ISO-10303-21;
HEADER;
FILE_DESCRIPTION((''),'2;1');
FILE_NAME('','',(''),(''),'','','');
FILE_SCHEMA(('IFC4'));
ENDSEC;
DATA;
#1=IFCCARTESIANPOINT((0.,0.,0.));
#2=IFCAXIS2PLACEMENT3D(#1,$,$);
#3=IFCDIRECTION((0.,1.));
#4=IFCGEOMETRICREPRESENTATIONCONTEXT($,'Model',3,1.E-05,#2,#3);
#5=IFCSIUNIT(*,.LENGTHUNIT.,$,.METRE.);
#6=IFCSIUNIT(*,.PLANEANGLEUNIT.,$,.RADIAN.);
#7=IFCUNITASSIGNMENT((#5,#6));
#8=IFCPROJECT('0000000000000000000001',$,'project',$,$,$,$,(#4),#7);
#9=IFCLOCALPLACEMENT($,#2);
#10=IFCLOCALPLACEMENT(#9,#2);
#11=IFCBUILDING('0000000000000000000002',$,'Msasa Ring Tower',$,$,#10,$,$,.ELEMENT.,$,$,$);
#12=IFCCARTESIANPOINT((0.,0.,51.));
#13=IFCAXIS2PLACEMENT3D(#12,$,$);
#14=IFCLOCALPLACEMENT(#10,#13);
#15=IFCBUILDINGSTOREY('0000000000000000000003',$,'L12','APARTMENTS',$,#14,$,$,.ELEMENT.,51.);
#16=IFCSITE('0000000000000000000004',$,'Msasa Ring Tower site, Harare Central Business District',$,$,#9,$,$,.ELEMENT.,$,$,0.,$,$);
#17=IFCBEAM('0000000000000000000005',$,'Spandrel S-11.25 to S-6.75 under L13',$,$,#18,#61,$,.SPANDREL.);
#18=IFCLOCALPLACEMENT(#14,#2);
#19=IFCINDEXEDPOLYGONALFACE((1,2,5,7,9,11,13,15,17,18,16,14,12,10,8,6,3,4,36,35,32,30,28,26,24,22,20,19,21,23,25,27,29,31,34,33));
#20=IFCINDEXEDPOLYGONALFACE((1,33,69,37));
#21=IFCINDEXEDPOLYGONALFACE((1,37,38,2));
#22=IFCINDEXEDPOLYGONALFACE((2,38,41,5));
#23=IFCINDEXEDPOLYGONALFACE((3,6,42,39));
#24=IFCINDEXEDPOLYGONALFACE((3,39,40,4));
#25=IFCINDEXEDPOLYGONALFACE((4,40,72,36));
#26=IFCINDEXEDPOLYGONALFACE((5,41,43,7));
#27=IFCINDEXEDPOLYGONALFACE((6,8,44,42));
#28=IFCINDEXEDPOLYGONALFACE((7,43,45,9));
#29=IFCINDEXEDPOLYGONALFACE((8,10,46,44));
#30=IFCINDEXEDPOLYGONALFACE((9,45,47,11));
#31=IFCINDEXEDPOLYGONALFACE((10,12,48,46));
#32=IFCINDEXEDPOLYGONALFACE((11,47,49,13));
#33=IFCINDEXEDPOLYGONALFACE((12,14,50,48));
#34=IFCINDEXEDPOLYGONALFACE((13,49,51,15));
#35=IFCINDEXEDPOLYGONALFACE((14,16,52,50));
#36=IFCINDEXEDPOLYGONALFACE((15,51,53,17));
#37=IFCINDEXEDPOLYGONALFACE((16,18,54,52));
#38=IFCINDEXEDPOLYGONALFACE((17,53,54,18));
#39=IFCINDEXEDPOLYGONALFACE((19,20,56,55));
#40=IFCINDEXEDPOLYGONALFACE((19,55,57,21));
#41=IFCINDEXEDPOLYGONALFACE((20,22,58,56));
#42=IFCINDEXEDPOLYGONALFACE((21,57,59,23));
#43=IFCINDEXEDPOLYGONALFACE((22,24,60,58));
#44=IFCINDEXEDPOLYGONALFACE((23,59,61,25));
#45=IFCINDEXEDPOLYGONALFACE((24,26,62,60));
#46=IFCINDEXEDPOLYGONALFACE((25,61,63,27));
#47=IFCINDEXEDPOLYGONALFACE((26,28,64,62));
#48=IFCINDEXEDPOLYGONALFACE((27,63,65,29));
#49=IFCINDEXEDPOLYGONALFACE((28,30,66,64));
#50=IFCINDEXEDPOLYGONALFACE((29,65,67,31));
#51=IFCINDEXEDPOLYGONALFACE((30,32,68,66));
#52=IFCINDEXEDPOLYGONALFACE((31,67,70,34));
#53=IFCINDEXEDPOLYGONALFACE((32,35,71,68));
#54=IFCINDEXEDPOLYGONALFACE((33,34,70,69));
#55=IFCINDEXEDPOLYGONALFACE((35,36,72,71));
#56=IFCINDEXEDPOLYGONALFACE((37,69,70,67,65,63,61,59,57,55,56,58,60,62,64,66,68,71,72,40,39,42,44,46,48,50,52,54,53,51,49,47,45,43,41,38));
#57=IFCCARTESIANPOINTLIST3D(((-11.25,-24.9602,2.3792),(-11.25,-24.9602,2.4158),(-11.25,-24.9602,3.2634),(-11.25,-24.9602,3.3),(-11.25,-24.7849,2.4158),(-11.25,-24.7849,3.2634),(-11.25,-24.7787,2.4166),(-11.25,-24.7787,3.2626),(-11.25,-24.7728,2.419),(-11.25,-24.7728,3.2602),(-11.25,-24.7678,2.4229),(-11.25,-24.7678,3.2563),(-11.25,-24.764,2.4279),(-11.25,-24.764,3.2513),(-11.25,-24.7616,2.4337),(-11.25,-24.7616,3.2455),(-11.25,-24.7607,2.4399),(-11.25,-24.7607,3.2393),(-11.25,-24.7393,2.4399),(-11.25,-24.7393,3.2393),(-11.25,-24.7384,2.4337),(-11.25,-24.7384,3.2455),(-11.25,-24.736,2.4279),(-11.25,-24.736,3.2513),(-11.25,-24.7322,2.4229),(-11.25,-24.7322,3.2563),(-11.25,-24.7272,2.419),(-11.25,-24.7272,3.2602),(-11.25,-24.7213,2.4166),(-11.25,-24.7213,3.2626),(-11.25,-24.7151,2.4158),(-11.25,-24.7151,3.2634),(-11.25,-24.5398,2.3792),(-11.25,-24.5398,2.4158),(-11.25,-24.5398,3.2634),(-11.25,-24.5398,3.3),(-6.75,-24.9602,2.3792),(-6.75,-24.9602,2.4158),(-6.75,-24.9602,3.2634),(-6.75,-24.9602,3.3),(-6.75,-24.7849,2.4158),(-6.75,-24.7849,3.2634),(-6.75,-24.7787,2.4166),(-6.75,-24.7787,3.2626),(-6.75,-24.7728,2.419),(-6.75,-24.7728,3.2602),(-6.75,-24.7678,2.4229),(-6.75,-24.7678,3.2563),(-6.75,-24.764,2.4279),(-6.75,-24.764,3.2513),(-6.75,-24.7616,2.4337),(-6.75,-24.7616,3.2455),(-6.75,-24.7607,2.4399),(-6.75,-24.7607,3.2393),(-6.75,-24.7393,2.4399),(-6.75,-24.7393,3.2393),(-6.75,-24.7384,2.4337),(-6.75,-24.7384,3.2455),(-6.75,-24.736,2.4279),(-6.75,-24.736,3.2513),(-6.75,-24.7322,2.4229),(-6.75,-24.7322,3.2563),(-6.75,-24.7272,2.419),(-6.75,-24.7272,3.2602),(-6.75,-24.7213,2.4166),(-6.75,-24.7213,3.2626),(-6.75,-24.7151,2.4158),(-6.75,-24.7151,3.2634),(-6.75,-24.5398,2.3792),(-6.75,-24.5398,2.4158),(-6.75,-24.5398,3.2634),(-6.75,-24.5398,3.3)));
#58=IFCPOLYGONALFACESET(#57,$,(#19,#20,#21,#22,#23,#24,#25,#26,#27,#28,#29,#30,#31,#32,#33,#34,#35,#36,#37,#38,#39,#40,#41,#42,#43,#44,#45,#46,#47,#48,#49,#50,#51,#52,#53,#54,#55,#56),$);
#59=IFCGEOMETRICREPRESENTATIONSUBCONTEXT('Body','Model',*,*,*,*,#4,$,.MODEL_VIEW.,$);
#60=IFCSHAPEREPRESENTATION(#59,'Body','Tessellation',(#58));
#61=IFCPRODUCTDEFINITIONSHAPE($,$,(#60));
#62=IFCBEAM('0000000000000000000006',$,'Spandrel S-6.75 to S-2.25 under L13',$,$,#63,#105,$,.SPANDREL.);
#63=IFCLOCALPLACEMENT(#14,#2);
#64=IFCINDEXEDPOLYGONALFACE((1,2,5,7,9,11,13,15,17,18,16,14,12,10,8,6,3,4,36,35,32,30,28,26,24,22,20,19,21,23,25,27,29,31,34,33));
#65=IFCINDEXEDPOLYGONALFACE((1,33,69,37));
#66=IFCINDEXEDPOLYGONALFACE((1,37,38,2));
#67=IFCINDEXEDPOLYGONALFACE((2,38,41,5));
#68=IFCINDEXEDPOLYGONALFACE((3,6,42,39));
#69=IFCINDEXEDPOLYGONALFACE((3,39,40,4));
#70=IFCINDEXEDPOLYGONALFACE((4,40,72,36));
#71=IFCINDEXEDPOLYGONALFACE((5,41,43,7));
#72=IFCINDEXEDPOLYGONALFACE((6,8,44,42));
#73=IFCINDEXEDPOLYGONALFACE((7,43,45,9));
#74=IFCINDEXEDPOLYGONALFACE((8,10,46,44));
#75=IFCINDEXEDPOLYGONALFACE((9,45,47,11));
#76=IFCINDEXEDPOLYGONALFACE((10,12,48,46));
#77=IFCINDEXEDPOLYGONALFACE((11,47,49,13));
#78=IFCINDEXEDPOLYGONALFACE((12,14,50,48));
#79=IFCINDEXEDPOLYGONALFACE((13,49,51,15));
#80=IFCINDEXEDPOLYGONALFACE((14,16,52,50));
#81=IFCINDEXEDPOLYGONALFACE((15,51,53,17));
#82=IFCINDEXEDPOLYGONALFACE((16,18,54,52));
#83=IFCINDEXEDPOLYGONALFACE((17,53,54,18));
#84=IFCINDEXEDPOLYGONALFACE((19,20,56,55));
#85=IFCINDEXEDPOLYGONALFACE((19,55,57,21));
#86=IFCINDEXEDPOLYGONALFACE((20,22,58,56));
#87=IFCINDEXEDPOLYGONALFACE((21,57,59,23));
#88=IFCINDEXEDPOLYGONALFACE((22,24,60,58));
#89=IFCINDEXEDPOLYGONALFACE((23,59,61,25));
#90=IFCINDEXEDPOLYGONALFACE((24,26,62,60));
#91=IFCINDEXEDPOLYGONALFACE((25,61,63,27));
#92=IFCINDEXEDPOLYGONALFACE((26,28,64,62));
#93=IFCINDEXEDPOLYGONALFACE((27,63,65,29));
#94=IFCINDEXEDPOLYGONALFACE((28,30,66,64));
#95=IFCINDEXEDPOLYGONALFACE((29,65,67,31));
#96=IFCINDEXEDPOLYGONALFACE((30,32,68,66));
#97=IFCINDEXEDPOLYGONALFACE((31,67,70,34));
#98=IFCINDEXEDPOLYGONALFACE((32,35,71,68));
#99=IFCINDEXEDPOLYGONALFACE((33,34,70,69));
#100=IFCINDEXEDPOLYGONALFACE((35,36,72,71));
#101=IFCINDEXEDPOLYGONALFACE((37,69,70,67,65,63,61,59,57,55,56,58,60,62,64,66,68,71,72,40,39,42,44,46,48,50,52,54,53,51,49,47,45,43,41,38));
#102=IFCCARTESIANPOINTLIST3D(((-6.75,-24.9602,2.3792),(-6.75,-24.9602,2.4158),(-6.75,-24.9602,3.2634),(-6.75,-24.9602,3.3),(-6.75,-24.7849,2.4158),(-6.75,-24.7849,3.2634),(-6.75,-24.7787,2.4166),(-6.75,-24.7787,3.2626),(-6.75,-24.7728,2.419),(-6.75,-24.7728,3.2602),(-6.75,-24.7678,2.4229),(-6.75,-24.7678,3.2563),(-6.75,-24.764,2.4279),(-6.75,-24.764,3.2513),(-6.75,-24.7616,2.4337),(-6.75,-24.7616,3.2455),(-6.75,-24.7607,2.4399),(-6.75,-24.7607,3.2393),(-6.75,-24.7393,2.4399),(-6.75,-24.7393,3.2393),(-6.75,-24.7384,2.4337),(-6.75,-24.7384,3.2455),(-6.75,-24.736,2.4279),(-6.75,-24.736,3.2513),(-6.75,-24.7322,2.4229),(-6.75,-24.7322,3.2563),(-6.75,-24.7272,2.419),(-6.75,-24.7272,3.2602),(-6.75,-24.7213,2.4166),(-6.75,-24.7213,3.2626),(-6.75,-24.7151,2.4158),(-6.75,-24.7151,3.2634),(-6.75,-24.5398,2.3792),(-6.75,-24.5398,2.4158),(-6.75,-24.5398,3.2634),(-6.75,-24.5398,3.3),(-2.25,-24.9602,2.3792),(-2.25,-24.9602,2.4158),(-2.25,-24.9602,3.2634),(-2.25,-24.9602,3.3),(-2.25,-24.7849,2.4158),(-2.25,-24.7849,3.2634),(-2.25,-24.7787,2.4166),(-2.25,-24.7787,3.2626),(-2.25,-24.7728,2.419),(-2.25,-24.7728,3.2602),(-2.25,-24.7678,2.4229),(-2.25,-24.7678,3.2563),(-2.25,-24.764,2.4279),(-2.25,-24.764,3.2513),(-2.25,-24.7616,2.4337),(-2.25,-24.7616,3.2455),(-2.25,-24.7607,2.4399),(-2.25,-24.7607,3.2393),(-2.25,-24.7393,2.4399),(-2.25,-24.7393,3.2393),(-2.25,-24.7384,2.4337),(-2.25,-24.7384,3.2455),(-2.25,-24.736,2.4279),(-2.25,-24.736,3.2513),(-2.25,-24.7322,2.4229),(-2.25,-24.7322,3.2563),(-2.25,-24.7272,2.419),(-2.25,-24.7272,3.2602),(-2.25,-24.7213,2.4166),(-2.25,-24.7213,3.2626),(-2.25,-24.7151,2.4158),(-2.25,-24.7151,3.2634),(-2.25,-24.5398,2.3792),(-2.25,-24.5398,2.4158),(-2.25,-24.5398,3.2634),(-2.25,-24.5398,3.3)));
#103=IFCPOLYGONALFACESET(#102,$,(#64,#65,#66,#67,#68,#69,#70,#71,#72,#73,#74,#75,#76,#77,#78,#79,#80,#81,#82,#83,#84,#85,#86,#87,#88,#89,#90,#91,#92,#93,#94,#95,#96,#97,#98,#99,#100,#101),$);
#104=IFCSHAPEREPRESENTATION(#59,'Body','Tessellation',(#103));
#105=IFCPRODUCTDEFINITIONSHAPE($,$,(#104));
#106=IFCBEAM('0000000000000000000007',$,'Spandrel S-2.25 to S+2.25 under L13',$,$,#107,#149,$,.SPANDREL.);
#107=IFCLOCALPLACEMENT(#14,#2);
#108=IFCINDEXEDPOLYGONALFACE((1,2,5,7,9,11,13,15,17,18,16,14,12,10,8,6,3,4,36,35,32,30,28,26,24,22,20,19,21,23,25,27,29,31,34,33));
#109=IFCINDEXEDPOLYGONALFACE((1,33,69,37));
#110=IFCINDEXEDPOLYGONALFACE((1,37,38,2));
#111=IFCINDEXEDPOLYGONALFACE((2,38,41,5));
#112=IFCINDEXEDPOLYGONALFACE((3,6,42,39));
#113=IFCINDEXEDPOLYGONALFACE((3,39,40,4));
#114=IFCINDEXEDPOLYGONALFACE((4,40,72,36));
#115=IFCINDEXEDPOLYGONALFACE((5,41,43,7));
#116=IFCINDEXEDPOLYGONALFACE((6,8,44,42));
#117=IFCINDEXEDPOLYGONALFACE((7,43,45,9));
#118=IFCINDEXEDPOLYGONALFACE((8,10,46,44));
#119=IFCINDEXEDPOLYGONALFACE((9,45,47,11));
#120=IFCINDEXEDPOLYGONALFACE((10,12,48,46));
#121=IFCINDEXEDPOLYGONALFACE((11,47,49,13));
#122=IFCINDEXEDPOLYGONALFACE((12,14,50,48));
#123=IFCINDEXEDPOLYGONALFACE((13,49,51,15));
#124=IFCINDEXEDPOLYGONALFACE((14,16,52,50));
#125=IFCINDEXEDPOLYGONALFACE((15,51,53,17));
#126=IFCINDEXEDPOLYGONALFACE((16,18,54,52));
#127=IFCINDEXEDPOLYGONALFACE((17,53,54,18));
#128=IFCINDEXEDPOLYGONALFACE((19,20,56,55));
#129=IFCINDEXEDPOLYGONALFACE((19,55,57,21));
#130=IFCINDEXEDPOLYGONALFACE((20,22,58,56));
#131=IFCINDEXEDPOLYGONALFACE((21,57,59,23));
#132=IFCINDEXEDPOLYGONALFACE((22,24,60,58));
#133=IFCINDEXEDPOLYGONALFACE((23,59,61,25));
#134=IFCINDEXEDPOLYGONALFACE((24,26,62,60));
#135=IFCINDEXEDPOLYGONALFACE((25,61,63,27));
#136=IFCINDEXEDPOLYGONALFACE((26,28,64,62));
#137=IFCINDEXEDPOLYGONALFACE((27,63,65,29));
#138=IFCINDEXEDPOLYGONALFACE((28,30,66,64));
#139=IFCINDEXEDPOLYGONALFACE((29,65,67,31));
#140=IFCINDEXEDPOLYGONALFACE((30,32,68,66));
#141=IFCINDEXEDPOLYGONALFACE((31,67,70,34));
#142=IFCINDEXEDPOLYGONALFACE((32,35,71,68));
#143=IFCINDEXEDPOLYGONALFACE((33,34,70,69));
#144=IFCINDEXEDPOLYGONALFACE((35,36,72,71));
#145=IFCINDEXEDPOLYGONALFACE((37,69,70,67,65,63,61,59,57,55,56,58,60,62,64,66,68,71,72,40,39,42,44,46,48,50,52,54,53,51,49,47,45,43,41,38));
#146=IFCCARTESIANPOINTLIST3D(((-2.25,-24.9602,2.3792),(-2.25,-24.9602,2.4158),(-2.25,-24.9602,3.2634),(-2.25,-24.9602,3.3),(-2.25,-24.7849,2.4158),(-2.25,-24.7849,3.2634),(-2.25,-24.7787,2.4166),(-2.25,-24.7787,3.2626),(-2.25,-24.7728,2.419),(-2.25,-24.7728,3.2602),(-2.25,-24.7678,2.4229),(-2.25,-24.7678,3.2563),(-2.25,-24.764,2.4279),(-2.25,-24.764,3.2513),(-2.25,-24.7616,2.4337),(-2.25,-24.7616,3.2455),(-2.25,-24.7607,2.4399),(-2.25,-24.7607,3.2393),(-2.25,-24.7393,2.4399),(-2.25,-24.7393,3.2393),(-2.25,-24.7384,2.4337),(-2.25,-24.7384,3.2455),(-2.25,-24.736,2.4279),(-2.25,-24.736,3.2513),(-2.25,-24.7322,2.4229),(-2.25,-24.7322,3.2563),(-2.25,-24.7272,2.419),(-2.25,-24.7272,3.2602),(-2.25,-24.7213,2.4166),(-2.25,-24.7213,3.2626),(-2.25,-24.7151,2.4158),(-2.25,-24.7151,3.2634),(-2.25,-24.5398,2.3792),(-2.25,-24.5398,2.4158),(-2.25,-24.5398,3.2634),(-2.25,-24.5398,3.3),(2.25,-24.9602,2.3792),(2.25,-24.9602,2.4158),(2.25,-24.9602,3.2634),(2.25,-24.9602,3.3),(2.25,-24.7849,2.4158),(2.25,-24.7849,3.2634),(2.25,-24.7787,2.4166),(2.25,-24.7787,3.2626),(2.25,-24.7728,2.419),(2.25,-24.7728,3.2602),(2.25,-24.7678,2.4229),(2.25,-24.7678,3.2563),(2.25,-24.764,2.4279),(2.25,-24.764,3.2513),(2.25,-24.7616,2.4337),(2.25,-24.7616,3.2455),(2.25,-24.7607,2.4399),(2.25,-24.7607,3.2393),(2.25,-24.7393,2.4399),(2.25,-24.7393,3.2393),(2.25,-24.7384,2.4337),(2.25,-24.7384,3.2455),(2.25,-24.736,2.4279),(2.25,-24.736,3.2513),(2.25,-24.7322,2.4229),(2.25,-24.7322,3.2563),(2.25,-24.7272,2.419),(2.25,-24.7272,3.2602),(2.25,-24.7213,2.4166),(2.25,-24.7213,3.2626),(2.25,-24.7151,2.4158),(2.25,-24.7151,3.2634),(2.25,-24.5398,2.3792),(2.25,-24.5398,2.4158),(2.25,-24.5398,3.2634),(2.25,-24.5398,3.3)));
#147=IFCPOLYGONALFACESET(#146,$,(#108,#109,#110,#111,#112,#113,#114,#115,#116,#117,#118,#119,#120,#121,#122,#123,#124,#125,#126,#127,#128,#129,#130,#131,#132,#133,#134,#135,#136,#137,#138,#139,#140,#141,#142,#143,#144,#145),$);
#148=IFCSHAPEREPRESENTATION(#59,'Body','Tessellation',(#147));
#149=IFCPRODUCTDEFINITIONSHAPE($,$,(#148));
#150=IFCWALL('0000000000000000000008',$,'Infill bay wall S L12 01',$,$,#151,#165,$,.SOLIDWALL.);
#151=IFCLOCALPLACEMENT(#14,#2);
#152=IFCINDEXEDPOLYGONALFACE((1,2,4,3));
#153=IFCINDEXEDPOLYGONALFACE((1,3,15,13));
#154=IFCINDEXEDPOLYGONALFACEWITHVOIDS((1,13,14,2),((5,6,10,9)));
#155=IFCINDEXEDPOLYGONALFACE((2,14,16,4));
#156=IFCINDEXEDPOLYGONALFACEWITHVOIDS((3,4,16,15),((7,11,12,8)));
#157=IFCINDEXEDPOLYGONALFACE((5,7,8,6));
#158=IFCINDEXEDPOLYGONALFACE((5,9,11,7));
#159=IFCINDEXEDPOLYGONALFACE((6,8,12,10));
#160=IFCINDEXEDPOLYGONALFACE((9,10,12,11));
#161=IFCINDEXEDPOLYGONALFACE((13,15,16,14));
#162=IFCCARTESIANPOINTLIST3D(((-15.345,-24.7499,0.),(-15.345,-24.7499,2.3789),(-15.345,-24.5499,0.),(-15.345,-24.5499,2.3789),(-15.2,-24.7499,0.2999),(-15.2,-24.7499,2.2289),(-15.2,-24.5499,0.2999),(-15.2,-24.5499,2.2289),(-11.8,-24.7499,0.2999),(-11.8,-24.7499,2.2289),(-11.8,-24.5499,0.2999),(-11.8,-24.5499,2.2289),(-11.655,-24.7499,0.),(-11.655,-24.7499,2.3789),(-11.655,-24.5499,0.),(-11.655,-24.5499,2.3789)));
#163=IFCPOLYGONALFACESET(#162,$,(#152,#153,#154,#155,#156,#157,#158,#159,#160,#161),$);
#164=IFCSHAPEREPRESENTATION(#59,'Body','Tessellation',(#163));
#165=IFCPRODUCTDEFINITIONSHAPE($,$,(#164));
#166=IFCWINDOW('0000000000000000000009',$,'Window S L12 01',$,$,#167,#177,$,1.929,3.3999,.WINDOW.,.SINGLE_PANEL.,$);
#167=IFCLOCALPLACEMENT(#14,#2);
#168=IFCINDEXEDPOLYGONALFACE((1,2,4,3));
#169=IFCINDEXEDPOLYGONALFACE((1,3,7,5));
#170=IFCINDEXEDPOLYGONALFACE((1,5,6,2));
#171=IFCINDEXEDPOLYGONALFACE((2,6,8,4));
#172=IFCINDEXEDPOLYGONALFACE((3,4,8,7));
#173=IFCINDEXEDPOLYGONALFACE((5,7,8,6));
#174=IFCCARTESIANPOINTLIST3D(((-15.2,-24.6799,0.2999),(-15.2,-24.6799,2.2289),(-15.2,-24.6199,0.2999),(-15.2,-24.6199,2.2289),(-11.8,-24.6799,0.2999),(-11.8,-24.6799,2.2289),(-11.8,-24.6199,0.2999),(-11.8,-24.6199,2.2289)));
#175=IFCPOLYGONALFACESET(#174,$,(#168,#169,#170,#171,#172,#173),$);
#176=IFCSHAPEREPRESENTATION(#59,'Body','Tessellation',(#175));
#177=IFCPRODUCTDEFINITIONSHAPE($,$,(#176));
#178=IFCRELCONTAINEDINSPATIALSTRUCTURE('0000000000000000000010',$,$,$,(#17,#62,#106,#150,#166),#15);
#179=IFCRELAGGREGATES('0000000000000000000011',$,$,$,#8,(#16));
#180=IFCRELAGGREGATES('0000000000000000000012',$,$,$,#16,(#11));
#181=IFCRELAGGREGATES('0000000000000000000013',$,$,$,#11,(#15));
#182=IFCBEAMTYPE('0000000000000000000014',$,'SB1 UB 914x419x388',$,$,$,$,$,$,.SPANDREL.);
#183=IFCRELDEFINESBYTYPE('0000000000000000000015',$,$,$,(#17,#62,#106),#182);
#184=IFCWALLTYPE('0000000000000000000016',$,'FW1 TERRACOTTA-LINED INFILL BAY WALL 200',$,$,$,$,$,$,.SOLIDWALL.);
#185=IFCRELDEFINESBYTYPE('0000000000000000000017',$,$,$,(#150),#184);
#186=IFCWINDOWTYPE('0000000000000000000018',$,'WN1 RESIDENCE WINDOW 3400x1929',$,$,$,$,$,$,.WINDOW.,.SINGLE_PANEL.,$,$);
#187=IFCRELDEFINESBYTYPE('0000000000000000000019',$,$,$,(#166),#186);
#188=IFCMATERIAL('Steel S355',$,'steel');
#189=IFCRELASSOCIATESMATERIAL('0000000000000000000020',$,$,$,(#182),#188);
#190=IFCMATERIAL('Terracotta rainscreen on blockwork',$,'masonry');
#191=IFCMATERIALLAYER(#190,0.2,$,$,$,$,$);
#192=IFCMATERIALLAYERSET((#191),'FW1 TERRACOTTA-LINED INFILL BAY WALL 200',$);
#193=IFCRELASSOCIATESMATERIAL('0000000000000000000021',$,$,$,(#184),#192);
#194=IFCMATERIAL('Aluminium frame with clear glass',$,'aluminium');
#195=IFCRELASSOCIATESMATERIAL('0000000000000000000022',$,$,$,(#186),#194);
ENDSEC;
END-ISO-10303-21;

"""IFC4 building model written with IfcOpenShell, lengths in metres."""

from ifc_helpers import new_model, si_unit, direction, frame, frame_2d, origin, origin_2d, place, context, subcontext, project, spatial, rectangle, i_section, extrude, material, layer, layer_set, material_profile, profile_set, type_object, element, fill, save


model = new_model("IFC4")

# Units and contexts
model_context = context("Model", 3, precision=1e-05, world=origin(), true_north=direction((0.0, 1.0)))
body_context = subcontext(model_context, "Body", "Model", "MODEL_VIEW")
ifc_project = project(units=[si_unit("LENGTHUNIT", "METRE"), si_unit("PLANEANGLEUNIT", "RADIAN")], contexts=[model_context])

# Site, building, storey
site_placement = place(None, origin())
site = spatial("IfcSite", under=ifc_project, at=site_placement, Name="Msasa Ring Tower site, Harare Central Business District", CompositionType="ELEMENT", RefElevation=0.0)
building_placement = place(site_placement, origin())
building = spatial("IfcBuilding", under=site, at=building_placement, Name="Msasa Ring Tower", CompositionType="ELEMENT")
storey_placement = place(building_placement, frame((0.0, 0.0, 51.0)))
storey = spatial("IfcBuildingStorey", under=building, at=storey_placement, Name="L12", Description="APARTMENTS", CompositionType="ELEMENT", Elevation=51.0)

# Beams
ifc_material_1 = material(Name="Steel S355", Category="steel")
ifc_material_profile_1 = material_profile(ifc_material_1, i_section(OverallWidth=0.4204, OverallDepth=0.9209, WebThickness=0.0215, FlangeThickness=0.0366, FilletRadius=0.0242, at=origin_2d()), Name="UB 914x419x388")
ifc_profile_set_1 = profile_set([ifc_material_profile_1], Name="Steel S355")
beam_type_1 = type_object("IfcBeamType", Name="SB1 UB 914x419x388", PredefinedType="SPANDREL", material=ifc_profile_set_1)
for number, where, z_axis, x_axis, name in (
    (1, (-11.25, -24.75, 2.8396), (1.0, 0.0, 0.0), (0.0, 1.0, 0.0), "Spandrel S-11.25 to S-6.75 under L13"),
    (2, (-6.75, -24.75, 2.8396), (1.0, 0.0, 0.0), (0.0, 1.0, 0.0), "Spandrel S-6.75 to S-2.25 under L13"),
    (3, (-2.25, -24.75, 2.8396), (1.0, 0.0, 0.0), (0.0, 1.0, 0.0), "Spandrel S-2.25 to S+2.25 under L13"),
):
    element("IfcBeam", number, at=place(storey_placement, frame(where, z_axis=z_axis, x_axis=x_axis)), inside=storey, type_object=beam_type_1, Name=name, PredefinedType="SPANDREL", context=body_context, shape_type="SweptSolid", body=[
        extrude(i_section(OverallWidth=0.4204, OverallDepth=0.9209, WebThickness=0.0215, FlangeThickness=0.0366, FilletRadius=0.0242, at=origin_2d()), origin(), (0.0, 0.0, 1.0), 4.5),
    ])

# Wall, opening, window
ifc_material_2 = material(Name="Terracotta rainscreen on blockwork", Category="masonry")
ifc_layer_1 = layer(ifc_material_2, 0.2)
ifc_layer_set_1 = layer_set([ifc_layer_1], Name="FW1 TERRACOTTA-LINED INFILL BAY WALL 200")
wall_type_1 = type_object("IfcWallType", Name="FW1 TERRACOTTA-LINED INFILL BAY WALL 200", PredefinedType="SOLIDWALL", material=ifc_layer_set_1)
wall_1_placement = place(storey_placement, frame((-15.345, -24.6499, 0.0), z_axis=(0.0, 0.0, 1.0), x_axis=(1.0, 0.0, 0.0)))
wall_1 = element("IfcWall", 4, at=wall_1_placement, inside=storey, type_object=wall_type_1, Name="Infill bay wall S L12 01", PredefinedType="SOLIDWALL", context=body_context, shape_type="SweptSolid", body=[
    extrude(rectangle(XDim=3.6899, YDim=0.2, at=frame_2d((1.845, 0.0))), origin(), (0.0, 0.0, 1.0), 2.3789),
])
opening_1_placement = place(wall_1_placement, frame((0.145, 0.0, 0.3)))
opening_1 = element("IfcOpeningElement", 5, at=opening_1_placement, cuts=wall_1, PredefinedType="OPENING", context=body_context, shape_type="SweptSolid", body=[
    extrude(rectangle(XDim=3.3999, YDim=1.929, at=frame_2d((1.7, 0.9644))), frame((0.0, 0.1099, 0.0), z_axis=(0.0, -1.0, 0.0), x_axis=(1.0, 0.0, 0.0)), (0.0, 0.0, 1.0), 0.22),
])
ifc_material_3 = material(Name="Aluminium frame with clear glass", Category="aluminium")
window_type = type_object("IfcWindowType", Name="WN1 RESIDENCE WINDOW 3400x1929", PartitioningType="SINGLE_PANEL", PredefinedType="WINDOW", material=ifc_material_3)
window_1_placement = place(opening_1_placement, origin())
window_1 = element("IfcWindow", 6, at=window_1_placement, inside=storey, type_object=window_type, Name="Window S L12 01", OverallHeight=1.929, OverallWidth=3.3999, PartitioningType="SINGLE_PANEL", PredefinedType="WINDOW", context=body_context, shape_type="SweptSolid", body=[
    extrude(rectangle(XDim=3.3999, YDim=1.929, at=frame_2d((1.7, 0.9644))), frame((0.0, 0.03, 0.0), z_axis=(0.0, -1.0, 0.0), x_axis=(1.0, 0.0, 0.0)), (0.0, 0.0, 1.0), 0.0601),
])
fill(opening_1, window_1)

save(model, "model.ifc")
